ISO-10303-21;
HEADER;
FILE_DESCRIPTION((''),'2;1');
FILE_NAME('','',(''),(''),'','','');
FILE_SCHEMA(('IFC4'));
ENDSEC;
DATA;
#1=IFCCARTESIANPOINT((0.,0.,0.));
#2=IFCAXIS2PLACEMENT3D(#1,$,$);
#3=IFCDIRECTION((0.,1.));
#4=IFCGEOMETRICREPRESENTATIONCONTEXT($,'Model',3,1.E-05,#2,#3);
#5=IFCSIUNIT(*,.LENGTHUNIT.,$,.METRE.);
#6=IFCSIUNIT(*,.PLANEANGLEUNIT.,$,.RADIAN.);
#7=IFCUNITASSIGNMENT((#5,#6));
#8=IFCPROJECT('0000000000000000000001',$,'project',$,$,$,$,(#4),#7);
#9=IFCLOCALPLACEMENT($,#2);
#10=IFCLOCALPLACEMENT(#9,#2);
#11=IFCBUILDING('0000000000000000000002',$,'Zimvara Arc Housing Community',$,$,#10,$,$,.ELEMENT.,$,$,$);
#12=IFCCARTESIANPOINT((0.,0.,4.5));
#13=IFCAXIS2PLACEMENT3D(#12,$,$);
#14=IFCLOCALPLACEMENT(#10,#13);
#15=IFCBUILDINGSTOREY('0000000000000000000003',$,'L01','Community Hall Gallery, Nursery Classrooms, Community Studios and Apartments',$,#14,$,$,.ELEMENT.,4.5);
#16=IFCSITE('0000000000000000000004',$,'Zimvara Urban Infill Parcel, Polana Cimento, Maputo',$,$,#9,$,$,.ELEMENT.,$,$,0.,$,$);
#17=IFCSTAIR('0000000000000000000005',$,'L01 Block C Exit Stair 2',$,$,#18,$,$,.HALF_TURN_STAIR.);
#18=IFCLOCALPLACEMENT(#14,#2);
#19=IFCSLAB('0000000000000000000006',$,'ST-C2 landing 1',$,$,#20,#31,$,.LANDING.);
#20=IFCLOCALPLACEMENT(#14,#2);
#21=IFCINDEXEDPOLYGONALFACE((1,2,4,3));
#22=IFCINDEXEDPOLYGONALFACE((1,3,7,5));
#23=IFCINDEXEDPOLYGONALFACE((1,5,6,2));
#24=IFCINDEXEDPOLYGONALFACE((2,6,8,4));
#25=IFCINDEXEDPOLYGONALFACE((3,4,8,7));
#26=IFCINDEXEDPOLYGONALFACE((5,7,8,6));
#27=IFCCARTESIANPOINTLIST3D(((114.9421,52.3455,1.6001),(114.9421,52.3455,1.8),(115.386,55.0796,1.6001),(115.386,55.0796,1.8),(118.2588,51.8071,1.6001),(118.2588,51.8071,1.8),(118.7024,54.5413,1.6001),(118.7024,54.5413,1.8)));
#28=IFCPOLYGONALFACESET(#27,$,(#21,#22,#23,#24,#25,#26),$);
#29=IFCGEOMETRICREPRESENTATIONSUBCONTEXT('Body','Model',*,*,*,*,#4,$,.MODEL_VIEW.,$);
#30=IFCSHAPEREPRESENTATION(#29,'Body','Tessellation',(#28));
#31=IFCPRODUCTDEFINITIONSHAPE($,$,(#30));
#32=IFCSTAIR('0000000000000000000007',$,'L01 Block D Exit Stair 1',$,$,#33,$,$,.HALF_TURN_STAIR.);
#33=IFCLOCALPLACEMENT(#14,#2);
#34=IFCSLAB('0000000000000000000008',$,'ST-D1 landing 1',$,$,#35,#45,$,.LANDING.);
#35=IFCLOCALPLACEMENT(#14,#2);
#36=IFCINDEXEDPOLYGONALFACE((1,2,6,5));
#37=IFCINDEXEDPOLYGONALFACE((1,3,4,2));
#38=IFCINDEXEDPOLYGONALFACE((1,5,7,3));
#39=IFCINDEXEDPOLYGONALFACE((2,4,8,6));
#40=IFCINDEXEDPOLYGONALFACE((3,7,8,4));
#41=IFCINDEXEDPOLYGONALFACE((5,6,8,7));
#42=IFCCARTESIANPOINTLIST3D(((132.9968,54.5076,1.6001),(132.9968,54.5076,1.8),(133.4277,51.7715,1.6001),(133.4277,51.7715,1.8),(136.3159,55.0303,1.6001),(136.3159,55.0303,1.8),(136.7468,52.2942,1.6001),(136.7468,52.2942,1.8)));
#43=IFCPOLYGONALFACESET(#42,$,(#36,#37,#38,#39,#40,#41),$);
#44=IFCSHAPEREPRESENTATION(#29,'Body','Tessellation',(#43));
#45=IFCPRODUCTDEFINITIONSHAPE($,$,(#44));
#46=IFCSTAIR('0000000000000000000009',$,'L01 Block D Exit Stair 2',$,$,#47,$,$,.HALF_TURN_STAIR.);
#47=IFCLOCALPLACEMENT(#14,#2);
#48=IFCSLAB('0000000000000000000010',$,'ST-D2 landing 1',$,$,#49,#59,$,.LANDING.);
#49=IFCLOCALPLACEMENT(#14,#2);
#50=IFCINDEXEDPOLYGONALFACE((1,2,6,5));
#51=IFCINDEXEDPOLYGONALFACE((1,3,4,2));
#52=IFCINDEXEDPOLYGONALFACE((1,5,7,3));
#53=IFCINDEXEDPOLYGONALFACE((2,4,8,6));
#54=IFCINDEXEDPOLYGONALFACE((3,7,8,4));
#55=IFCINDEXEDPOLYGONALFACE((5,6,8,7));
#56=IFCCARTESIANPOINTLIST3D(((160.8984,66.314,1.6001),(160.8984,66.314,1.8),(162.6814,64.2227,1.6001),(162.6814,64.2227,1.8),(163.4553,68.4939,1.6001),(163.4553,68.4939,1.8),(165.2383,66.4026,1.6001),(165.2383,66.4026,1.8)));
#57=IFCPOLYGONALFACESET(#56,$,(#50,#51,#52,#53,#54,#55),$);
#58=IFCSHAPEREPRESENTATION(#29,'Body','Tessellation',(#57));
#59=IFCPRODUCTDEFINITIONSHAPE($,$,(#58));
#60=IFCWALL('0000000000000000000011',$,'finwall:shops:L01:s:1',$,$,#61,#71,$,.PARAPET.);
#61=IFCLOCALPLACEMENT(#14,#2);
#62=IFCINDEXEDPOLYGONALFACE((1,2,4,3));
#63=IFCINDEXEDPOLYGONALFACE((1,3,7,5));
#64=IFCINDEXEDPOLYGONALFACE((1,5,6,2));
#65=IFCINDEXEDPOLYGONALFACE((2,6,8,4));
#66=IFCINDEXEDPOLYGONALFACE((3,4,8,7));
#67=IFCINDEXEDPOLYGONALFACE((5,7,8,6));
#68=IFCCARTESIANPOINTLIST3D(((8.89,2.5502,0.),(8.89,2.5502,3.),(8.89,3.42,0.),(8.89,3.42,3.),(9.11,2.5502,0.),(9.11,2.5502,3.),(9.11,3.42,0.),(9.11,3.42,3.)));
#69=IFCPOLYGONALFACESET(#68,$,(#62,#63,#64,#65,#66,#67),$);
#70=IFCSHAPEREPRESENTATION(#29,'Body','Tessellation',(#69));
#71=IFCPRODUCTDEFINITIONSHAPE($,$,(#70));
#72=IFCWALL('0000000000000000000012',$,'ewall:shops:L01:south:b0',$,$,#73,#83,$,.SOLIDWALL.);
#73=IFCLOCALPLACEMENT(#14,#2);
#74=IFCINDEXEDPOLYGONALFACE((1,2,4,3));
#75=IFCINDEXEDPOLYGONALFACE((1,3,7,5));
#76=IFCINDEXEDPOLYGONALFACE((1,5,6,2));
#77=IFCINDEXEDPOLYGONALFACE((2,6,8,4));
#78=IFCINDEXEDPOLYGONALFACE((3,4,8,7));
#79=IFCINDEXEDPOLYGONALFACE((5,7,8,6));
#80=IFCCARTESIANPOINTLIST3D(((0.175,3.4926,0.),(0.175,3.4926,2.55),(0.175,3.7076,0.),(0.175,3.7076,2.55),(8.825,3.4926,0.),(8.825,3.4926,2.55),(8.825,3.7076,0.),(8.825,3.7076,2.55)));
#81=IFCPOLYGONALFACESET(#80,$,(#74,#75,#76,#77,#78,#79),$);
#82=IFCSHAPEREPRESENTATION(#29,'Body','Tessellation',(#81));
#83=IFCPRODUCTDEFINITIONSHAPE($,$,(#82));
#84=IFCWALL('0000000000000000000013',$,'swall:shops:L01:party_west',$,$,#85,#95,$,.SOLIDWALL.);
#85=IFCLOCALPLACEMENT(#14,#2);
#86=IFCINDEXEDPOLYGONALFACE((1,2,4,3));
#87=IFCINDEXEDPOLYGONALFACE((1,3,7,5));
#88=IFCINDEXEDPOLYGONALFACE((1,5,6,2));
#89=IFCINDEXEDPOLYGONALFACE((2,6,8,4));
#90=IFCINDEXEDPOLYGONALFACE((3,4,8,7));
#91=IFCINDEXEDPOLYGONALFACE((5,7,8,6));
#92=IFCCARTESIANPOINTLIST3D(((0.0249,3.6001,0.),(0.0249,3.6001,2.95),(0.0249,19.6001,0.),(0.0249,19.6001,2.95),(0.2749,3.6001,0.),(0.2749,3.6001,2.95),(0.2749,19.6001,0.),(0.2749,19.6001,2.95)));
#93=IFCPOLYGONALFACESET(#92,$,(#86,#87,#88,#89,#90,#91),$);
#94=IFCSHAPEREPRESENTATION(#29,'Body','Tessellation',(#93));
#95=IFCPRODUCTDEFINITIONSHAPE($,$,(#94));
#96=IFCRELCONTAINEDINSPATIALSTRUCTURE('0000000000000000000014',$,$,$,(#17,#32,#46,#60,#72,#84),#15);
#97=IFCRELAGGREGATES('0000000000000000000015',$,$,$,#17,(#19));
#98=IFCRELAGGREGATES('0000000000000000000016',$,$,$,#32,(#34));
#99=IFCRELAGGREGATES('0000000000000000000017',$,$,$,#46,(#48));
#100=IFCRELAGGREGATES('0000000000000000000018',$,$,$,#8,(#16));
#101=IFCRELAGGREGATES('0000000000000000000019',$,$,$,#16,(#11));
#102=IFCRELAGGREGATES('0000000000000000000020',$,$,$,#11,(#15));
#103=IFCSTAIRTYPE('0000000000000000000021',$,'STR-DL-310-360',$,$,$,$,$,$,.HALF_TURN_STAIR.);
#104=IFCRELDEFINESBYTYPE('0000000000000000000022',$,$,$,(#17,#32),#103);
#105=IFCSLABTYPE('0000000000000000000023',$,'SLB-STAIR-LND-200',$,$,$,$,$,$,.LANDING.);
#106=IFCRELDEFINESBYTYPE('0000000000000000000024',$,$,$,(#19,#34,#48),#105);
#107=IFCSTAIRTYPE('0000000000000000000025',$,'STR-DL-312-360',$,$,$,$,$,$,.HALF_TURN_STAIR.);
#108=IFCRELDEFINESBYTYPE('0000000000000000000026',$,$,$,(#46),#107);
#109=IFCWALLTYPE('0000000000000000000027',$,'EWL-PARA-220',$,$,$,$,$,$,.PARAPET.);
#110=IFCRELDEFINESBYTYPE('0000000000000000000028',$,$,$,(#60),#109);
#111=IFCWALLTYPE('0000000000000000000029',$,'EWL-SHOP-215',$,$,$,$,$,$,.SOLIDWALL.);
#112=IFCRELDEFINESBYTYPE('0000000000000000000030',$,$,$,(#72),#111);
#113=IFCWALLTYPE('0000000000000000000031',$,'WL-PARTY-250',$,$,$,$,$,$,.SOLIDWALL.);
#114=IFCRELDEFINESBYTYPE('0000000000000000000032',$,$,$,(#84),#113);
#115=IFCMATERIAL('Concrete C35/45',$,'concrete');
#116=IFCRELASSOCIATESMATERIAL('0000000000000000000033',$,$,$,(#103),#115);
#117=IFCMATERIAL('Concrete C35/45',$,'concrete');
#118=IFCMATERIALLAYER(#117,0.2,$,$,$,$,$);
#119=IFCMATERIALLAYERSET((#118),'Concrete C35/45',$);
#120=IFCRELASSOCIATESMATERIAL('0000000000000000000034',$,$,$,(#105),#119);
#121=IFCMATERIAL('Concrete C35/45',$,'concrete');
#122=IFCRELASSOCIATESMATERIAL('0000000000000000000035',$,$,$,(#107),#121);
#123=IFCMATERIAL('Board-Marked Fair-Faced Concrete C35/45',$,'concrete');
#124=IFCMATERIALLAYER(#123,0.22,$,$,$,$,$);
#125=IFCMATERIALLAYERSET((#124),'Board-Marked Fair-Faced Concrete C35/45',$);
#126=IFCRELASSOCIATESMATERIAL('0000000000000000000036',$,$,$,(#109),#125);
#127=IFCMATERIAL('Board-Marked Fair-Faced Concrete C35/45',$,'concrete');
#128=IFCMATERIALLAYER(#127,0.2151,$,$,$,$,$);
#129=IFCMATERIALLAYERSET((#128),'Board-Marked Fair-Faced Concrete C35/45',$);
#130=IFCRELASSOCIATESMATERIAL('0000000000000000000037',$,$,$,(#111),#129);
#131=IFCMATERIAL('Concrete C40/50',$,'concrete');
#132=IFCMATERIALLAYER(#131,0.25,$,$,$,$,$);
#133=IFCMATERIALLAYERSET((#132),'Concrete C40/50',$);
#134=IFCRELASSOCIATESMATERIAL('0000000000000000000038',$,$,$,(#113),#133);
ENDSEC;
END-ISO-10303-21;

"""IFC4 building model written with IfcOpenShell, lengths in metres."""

from ifc_helpers import new_model, si_unit, direction, frame, frame_2d, origin, place, context, subcontext, project, spatial, polyline, rectangle, outline, extrude, material, layer, layer_set, type_object, element, aggregate, save


model = new_model("IFC4")

# Units and contexts
model_context = context("Model", 3, precision=1e-05, world=origin(), true_north=direction((0.0, 1.0)))
body_context = subcontext(model_context, "Body", "Model", "MODEL_VIEW")
ifc_project = project(units=[si_unit("LENGTHUNIT", "METRE"), si_unit("PLANEANGLEUNIT", "RADIAN")], contexts=[model_context])

# Site, building, storey
site_placement = place(None, origin())
site = spatial("IfcSite", under=ifc_project, at=site_placement, Name="Zimvara Urban Infill Parcel, Polana Cimento, Maputo", CompositionType="ELEMENT", RefElevation=0.0)
building_placement = place(site_placement, origin())
building = spatial("IfcBuilding", under=site, at=building_placement, Name="Zimvara Arc Housing Community", CompositionType="ELEMENT")
storey_placement = place(building_placement, frame((0.0, 0.0, 4.5)))
storey = spatial("IfcBuildingStorey", under=building, at=storey_placement, Name="L01", Description="Community Hall Gallery, Nursery Classrooms, Community Studios and Apartments", CompositionType="ELEMENT", Elevation=4.5)

# Stairs, slabs
ifc_material_1 = material(Name="Concrete C35/45", Category="concrete")
stair_type_1 = type_object("IfcStairType", Name="STR-DL-310-360", PredefinedType="HALF_TURN_STAIR", material=ifc_material_1)
stair_1_placement = place(storey_placement, origin())
stair_1 = element("IfcStair", 1, at=stair_1_placement, inside=storey, type_object=stair_type_1, Name="L01 Block C Exit Stair 2", PredefinedType="HALF_TURN_STAIR")
ifc_material_2 = material(Name="Concrete C35/45", Category="concrete")
ifc_layer_1 = layer(ifc_material_2, 0.2)
ifc_layer_set_1 = layer_set([ifc_layer_1], Name="Concrete C35/45")
slab_type = type_object("IfcSlabType", Name="SLB-STAIR-LND-200", PredefinedType="LANDING", material=ifc_layer_set_1)
slab_1_placement = place(storey_placement, frame((0.0, 0.0, 1.6001)))
slab_1 = element("IfcSlab", 2, at=slab_1_placement, type_object=slab_type, Name="ST-C2 landing 1", PredefinedType="LANDING", context=body_context, shape_type="SweptSolid", body=[
    extrude(outline(polyline([(115.386, 55.0796), (114.9421, 52.3455), (118.2588, 51.8071), (118.7024, 54.5413), (115.386, 55.0796)])), origin(), (0.0, 0.0, 1.0), 0.2),
])
aggregate(stair_1, [slab_1])
stair_2_placement = place(storey_placement, origin())
stair_2 = element("IfcStair", 3, at=stair_2_placement, inside=storey, type_object=stair_type_1, Name="L01 Block D Exit Stair 1", PredefinedType="HALF_TURN_STAIR")
slab_2_placement = place(storey_placement, frame((0.0, 0.0, 1.6001)))
slab_2 = element("IfcSlab", 4, at=slab_2_placement, type_object=slab_type, Name="ST-D1 landing 1", PredefinedType="LANDING", context=body_context, shape_type="SweptSolid", body=[
    extrude(outline(polyline([(132.9968, 54.5076), (133.4277, 51.7715), (136.7468, 52.2942), (136.3159, 55.0303), (132.9968, 54.5076)])), origin(), (0.0, 0.0, 1.0), 0.2),
])
aggregate(stair_2, [slab_2])
ifc_material_3 = material(Name="Concrete C35/45", Category="concrete")
stair_type_2 = type_object("IfcStairType", Name="STR-DL-312-360", PredefinedType="HALF_TURN_STAIR", material=ifc_material_3)
stair_3_placement = place(storey_placement, origin())
stair_3 = element("IfcStair", 5, at=stair_3_placement, inside=storey, type_object=stair_type_2, Name="L01 Block D Exit Stair 2", PredefinedType="HALF_TURN_STAIR")
slab_3_placement = place(storey_placement, frame((0.0, 0.0, 1.6001)))
slab_3 = element("IfcSlab", 6, at=slab_3_placement, type_object=slab_type, Name="ST-D2 landing 1", PredefinedType="LANDING", context=body_context, shape_type="SweptSolid", body=[
    extrude(outline(polyline([(160.8984, 66.314), (162.6814, 64.2227), (165.2383, 66.4026), (163.4553, 68.4939), (160.8984, 66.314)])), origin(), (0.0, 0.0, 1.0), 0.2),
])
aggregate(stair_3, [slab_3])

# Walls
ifc_material_4 = material(Name="Board-Marked Fair-Faced Concrete C35/45", Category="concrete")
ifc_layer_2 = layer(ifc_material_4, 0.22)
ifc_layer_set_2 = layer_set([ifc_layer_2], Name="Board-Marked Fair-Faced Concrete C35/45")
wall_type_1 = type_object("IfcWallType", Name="EWL-PARA-220", PredefinedType="PARAPET", material=ifc_layer_set_2)
wall_1_placement = place(storey_placement, frame((9.0, 2.55, 0.0), z_axis=(0.0, 0.0, 1.0), x_axis=(0.0, 1.0, 0.0)))
element("IfcWall", 7, at=wall_1_placement, inside=storey, type_object=wall_type_1, Name="finwall:shops:L01:s:1", PredefinedType="PARAPET", context=body_context, shape_type="SweptSolid", body=[
    extrude(rectangle(XDim=0.8699, YDim=0.22, at=frame_2d((0.4351, 0.0))), origin(), (0.0, 0.0, 1.0), 3.0),
])
ifc_material_5 = material(Name="Board-Marked Fair-Faced Concrete C35/45", Category="concrete")
ifc_layer_3 = layer(ifc_material_5, 0.2151)
ifc_layer_set_3 = layer_set([ifc_layer_3], Name="Board-Marked Fair-Faced Concrete C35/45")
wall_type_2 = type_object("IfcWallType", Name="EWL-SHOP-215", PredefinedType="SOLIDWALL", material=ifc_layer_set_3)
wall_2_placement = place(storey_placement, frame((0.175, 3.6001, 0.0), z_axis=(0.0, 0.0, 1.0), x_axis=(1.0, 0.0, 0.0)))
element("IfcWall", 8, at=wall_2_placement, inside=storey, type_object=wall_type_2, Name="ewall:shops:L01:south:b0", PredefinedType="SOLIDWALL", context=body_context, shape_type="SweptSolid", body=[
    extrude(rectangle(XDim=8.6499, YDim=0.2151, at=frame_2d((4.325, 0.0))), origin(), (0.0, 0.0, 1.0), 2.55),
])
ifc_material_6 = material(Name="Concrete C40/50", Category="concrete")
ifc_layer_4 = layer(ifc_material_6, 0.25)
ifc_layer_set_4 = layer_set([ifc_layer_4], Name="Concrete C40/50")
wall_type_3 = type_object("IfcWallType", Name="WL-PARTY-250", PredefinedType="SOLIDWALL", material=ifc_layer_set_4)
wall_3_placement = place(storey_placement, frame((0.1499, 3.6001, 0.0), z_axis=(0.0, 0.0, 1.0), x_axis=(0.0, 1.0, 0.0)))
element("IfcWall", 9, at=wall_3_placement, inside=storey, type_object=wall_type_3, Name="swall:shops:L01:party_west", PredefinedType="SOLIDWALL", context=body_context, shape_type="SweptSolid", body=[
    extrude(rectangle(XDim=16.0, YDim=0.25, at=frame_2d((8.0, 0.0))), origin(), (0.0, 0.0, 1.0), 2.95),
])

save(model, "model.ifc")
